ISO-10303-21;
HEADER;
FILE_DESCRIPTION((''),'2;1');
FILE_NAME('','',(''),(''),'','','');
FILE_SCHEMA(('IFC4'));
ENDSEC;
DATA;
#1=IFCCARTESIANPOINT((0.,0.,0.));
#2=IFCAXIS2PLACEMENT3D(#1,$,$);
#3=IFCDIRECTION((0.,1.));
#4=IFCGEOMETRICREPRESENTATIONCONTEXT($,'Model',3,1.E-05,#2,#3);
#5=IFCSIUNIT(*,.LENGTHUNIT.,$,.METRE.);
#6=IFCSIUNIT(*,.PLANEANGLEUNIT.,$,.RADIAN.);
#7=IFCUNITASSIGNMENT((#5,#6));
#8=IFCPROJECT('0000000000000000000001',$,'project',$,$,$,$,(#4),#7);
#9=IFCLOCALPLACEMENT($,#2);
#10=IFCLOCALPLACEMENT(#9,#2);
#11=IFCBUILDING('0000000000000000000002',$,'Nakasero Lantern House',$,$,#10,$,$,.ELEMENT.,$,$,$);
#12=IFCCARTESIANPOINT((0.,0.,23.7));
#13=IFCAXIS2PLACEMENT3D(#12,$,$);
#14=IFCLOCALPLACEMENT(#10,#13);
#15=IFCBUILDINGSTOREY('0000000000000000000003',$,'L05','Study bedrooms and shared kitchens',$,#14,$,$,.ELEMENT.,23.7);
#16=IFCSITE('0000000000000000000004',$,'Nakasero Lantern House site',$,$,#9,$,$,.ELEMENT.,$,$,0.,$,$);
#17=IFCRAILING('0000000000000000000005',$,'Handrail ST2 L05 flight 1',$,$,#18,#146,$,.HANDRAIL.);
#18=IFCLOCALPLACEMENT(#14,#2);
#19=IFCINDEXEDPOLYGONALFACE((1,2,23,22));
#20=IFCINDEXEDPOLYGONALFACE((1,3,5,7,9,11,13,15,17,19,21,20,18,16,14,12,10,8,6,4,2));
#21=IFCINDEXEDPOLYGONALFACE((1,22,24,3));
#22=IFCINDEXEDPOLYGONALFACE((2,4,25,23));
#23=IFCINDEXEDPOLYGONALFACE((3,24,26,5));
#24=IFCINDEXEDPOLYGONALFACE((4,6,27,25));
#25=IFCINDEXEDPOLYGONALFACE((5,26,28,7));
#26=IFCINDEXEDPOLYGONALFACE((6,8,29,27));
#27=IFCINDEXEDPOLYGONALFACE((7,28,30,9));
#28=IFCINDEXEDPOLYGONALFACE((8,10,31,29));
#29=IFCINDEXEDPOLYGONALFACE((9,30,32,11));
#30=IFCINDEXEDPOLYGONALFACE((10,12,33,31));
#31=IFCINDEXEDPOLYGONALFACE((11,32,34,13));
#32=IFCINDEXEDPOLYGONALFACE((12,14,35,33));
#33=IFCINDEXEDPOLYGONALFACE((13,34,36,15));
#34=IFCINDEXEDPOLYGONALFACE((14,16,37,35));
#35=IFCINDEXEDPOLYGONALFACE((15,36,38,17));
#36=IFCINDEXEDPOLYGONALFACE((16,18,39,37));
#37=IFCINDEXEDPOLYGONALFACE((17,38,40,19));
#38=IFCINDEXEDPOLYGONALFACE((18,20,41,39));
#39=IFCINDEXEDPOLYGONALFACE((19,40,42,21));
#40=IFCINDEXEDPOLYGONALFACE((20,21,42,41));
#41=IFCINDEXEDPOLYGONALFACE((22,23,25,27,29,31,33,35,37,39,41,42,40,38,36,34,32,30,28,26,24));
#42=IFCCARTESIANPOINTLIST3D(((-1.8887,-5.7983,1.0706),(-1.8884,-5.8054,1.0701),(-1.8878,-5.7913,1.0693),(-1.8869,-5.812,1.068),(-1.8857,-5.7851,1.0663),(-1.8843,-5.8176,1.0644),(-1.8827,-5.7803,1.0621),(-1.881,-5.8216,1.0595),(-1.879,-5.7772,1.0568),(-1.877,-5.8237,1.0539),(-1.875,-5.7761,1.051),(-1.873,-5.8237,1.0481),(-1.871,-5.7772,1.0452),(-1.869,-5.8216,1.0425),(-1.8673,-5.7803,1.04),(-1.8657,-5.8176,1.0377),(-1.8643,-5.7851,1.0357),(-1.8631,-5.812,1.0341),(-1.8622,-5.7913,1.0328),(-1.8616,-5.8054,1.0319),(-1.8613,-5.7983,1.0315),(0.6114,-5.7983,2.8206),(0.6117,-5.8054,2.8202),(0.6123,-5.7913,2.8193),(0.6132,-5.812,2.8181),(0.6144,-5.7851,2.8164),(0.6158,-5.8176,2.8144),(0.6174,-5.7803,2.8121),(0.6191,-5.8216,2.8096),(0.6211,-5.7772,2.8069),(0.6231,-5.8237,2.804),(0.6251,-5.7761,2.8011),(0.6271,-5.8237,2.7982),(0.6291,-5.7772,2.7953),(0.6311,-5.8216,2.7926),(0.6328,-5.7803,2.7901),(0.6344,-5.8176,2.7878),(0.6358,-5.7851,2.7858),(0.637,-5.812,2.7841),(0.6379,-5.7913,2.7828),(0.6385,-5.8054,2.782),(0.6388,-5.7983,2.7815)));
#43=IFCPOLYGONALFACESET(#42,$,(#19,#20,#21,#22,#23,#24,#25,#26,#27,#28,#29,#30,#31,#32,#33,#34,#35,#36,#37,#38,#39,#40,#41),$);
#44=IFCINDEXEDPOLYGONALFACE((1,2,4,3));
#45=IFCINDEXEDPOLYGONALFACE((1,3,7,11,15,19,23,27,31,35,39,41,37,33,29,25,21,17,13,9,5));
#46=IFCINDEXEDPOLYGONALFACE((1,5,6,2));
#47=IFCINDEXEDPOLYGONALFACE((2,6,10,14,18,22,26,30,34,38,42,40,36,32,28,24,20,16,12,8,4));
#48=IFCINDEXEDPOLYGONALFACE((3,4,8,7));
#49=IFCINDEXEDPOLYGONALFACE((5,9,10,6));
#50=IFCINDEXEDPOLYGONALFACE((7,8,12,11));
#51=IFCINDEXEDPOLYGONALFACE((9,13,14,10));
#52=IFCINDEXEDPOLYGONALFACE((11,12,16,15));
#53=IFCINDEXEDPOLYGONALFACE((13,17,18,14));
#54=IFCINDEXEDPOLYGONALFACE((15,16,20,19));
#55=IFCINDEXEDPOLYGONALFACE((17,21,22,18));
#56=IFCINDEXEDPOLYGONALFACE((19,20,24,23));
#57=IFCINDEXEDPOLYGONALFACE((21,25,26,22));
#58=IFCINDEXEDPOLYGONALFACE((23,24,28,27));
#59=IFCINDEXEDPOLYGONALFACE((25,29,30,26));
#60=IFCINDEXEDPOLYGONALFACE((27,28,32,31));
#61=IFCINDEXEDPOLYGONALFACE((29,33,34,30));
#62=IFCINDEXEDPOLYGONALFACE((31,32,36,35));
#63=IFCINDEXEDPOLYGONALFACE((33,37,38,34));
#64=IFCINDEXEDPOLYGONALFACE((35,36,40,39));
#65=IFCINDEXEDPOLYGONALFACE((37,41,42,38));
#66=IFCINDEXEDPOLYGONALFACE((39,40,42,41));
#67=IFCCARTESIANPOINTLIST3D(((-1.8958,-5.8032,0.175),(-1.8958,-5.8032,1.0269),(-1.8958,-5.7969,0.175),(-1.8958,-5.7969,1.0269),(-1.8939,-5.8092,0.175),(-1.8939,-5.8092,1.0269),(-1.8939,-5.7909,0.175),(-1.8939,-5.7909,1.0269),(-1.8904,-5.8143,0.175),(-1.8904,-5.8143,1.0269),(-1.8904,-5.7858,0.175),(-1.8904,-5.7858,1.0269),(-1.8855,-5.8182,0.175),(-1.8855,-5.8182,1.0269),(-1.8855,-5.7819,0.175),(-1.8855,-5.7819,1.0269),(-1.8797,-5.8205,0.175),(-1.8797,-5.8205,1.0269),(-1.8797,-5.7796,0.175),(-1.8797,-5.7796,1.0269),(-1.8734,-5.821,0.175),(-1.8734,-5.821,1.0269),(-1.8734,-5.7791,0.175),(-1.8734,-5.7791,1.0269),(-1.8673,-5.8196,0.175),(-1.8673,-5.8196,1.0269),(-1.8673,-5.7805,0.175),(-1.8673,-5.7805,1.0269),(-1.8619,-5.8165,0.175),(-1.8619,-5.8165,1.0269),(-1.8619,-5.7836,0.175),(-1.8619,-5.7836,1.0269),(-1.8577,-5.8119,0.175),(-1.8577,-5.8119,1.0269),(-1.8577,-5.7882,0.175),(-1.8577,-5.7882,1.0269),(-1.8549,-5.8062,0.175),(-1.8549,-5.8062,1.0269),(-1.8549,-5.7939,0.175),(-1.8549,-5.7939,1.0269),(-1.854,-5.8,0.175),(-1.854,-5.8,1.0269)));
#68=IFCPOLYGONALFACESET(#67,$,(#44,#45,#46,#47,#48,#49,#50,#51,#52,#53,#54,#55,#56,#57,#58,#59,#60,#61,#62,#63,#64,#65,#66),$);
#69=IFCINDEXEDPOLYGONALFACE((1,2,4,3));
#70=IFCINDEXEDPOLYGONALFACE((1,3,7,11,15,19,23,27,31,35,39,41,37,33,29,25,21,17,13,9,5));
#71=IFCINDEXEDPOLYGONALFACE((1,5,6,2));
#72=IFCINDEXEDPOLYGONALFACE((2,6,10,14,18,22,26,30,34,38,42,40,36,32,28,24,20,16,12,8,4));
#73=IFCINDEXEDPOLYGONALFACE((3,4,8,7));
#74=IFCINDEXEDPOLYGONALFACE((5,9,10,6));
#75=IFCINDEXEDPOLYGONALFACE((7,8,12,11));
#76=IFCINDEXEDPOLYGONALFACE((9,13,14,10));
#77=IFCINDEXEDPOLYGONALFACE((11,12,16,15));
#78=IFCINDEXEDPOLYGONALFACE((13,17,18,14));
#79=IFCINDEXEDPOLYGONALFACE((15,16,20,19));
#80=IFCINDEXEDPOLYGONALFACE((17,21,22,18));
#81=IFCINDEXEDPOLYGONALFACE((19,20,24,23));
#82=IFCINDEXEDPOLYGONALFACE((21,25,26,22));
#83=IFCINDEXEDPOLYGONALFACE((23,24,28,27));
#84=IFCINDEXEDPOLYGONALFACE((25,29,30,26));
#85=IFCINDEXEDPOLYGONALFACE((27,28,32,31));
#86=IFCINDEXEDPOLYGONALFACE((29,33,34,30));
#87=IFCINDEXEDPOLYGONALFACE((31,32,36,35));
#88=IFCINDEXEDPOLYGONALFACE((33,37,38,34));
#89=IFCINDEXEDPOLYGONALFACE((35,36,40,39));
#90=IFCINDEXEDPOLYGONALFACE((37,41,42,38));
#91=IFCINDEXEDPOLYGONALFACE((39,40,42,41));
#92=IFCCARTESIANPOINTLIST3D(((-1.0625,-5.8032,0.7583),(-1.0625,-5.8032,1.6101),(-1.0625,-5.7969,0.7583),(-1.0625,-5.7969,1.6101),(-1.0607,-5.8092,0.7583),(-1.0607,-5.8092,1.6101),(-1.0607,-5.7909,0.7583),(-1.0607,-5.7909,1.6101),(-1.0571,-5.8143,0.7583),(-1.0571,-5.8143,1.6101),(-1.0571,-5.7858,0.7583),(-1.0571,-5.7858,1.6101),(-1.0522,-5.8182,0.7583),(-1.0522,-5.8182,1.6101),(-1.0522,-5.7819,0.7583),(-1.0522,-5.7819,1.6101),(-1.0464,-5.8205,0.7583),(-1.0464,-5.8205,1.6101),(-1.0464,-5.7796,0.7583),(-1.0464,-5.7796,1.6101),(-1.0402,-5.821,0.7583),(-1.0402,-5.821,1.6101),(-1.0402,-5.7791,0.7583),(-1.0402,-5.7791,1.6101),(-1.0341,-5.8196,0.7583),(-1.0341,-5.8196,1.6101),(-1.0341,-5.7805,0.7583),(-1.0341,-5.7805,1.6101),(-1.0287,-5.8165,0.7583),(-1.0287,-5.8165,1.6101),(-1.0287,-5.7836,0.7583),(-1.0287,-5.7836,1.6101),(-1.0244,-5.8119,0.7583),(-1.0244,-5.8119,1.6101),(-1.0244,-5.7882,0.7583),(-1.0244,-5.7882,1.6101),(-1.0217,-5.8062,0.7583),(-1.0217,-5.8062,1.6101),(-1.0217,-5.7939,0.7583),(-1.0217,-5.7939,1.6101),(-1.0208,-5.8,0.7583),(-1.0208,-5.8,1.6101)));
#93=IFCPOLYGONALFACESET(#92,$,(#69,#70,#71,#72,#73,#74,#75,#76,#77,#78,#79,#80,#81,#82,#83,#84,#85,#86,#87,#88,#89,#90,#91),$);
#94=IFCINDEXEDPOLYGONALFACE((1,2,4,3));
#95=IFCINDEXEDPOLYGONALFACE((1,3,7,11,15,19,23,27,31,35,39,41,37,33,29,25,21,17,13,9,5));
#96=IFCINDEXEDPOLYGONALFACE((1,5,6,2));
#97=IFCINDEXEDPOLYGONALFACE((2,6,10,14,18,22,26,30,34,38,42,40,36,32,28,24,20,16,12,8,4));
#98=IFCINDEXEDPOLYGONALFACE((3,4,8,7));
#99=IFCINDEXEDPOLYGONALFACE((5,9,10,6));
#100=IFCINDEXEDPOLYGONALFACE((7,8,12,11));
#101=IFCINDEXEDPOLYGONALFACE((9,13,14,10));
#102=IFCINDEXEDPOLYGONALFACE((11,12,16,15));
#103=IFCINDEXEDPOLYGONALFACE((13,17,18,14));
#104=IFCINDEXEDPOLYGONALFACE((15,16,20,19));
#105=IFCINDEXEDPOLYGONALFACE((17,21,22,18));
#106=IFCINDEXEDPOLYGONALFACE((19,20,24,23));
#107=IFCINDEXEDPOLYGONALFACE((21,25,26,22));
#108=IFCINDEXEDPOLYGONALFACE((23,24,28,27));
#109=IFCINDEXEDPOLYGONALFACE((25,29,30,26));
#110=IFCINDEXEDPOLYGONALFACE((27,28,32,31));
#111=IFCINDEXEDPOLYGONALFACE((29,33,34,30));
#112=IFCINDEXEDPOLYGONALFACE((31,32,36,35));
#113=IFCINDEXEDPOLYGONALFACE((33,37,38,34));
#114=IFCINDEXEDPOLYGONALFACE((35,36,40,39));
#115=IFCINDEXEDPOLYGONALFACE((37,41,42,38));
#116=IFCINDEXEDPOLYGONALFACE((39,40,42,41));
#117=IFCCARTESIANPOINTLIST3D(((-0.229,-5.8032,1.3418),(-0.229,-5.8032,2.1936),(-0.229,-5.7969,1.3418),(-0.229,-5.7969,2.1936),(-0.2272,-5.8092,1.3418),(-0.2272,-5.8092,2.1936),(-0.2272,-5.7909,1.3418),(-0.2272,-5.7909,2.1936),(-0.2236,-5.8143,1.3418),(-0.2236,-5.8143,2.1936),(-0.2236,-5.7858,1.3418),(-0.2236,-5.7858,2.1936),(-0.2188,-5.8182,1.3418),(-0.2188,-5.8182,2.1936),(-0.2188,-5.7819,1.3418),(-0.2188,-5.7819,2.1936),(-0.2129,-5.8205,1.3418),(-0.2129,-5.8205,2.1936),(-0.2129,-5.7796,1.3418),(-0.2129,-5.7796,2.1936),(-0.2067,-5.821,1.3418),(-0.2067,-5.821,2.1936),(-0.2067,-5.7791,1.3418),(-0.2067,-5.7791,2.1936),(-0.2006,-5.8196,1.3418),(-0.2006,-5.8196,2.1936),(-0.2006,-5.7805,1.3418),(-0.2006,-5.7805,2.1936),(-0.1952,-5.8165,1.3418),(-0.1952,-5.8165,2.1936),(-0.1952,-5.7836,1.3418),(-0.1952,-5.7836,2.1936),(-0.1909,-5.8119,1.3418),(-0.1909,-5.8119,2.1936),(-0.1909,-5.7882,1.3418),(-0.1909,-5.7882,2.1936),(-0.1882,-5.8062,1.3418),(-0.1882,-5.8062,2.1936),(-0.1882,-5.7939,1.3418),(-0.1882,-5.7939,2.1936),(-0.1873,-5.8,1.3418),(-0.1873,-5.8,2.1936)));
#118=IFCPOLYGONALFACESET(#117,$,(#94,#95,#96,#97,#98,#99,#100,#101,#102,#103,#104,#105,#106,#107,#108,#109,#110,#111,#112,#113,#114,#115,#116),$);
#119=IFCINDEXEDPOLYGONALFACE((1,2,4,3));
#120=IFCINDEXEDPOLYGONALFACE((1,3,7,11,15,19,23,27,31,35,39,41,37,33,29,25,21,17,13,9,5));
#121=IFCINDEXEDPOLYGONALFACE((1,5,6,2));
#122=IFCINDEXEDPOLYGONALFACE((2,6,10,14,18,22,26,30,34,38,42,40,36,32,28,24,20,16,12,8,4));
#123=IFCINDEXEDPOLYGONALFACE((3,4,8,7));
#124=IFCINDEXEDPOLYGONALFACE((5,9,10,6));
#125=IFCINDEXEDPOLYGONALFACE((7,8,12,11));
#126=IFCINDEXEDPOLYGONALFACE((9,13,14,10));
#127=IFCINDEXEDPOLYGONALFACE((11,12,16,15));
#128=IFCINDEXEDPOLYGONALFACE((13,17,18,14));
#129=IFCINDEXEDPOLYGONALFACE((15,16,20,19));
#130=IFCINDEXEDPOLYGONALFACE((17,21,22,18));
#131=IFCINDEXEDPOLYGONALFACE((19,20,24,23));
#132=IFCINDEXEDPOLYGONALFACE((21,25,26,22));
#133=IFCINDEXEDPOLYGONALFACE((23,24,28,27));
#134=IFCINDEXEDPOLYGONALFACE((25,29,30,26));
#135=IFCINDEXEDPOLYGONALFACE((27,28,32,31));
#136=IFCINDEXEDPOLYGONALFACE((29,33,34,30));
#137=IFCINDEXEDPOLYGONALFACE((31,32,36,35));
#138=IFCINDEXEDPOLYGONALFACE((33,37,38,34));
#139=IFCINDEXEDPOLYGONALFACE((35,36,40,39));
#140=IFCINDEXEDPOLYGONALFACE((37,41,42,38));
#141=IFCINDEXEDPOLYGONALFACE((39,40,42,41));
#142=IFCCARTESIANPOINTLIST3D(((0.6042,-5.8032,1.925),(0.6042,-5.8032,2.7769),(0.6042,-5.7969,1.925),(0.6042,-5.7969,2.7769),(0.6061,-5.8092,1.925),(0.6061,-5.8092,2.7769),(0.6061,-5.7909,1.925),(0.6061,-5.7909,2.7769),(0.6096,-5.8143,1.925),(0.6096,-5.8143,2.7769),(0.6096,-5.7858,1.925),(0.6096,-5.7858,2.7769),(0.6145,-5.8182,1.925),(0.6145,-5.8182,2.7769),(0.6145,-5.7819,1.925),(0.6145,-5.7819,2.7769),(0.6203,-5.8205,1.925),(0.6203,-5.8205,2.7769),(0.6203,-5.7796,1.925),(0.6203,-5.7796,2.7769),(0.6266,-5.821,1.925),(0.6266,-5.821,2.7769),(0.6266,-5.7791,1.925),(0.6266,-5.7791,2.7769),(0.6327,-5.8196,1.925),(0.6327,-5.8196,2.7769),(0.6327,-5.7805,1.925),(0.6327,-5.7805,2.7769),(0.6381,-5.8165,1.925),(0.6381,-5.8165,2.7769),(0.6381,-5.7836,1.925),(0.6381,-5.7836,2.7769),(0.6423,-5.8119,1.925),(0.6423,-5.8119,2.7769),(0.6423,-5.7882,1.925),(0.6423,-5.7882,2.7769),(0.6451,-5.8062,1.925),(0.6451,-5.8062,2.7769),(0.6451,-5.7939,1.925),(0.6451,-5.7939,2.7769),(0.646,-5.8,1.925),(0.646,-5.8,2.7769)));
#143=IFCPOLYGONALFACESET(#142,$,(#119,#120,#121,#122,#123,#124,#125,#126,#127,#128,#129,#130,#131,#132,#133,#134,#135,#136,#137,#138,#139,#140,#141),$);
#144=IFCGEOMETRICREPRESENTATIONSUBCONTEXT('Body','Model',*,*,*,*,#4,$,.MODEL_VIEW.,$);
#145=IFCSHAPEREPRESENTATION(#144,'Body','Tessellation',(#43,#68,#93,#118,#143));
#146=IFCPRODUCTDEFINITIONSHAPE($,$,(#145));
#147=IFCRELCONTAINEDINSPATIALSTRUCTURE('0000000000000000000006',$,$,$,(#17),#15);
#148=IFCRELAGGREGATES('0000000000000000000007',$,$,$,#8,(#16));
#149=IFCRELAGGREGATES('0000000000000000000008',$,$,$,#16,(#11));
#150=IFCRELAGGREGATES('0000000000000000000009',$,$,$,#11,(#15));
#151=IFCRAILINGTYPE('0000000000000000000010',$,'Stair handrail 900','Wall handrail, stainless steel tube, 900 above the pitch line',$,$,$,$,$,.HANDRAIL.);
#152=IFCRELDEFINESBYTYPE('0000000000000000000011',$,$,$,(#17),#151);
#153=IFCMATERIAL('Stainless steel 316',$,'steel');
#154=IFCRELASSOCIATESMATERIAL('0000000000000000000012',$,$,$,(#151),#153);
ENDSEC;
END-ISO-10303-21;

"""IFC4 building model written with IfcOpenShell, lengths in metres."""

from ifc_helpers import new_model, si_unit, direction, frame, origin, origin_2d, place, context, subcontext, project, spatial, circle, extrude, material, type_object, element, save


model = new_model("IFC4")

# Units and contexts
model_context = context("Model", 3, precision=1e-05, world=origin(), true_north=direction((0.0, 1.0)))
body_context = subcontext(model_context, "Body", "Model", "MODEL_VIEW")
ifc_project = project(units=[si_unit("LENGTHUNIT", "METRE"), si_unit("PLANEANGLEUNIT", "RADIAN")], contexts=[model_context])

# Site, building, storey
site_placement = place(None, origin())
site = spatial("IfcSite", under=ifc_project, at=site_placement, Name="Nakasero Lantern House site", CompositionType="ELEMENT", RefElevation=0.0)
building_placement = place(site_placement, origin())
building = spatial("IfcBuilding", under=site, at=building_placement, Name="Nakasero Lantern House", CompositionType="ELEMENT")
storey_placement = place(building_placement, frame((0.0, 0.0, 23.7)))
storey = spatial("IfcBuildingStorey", under=building, at=storey_placement, Name="L05", Description="Study bedrooms and shared kitchens", CompositionType="ELEMENT", Elevation=23.7)

# Railing
ifc_material_1 = material(Name="Stainless steel 316", Category="steel")
railing_type = type_object("IfcRailingType", Name="Stair handrail 900", Description="Wall handrail, stainless steel tube, 900 above the pitch line", PredefinedType="HANDRAIL", material=ifc_material_1)
railing_placement = place(storey_placement, frame((-1.875, -5.8, 0.175)))
element("IfcRailing", 1, at=railing_placement, inside=storey, type_object=railing_type, Name="Handrail ST2 L05 flight 1", PredefinedType="HANDRAIL", context=body_context, shape_type="SweptSolid", body=[
    extrude(circle(Radius=0.0239, at=origin_2d()), frame((0.0, 0.0, 0.876), z_axis=(0.819232, 0.0, 0.573462), x_axis=(0.0, 1.0, 0.0)), (0.0, 0.0, 1.0), 3.0518),
    extrude(circle(Radius=0.021, at=origin_2d()), origin(), (0.0, 0.0, 1.0), 0.8518),
    extrude(circle(Radius=0.021, at=origin_2d()), frame((0.8333, 0.0, 0.5833)), (0.0, 0.0, 1.0), 0.8518),
    extrude(circle(Radius=0.021, at=origin_2d()), frame((1.6667, 0.0, 1.1667)), (0.0, 0.0, 1.0), 0.8518),
    extrude(circle(Radius=0.021, at=origin_2d()), frame((2.5, 0.0, 1.75)), (0.0, 0.0, 1.0), 0.8518),
])

save(model, "model.ifc")
